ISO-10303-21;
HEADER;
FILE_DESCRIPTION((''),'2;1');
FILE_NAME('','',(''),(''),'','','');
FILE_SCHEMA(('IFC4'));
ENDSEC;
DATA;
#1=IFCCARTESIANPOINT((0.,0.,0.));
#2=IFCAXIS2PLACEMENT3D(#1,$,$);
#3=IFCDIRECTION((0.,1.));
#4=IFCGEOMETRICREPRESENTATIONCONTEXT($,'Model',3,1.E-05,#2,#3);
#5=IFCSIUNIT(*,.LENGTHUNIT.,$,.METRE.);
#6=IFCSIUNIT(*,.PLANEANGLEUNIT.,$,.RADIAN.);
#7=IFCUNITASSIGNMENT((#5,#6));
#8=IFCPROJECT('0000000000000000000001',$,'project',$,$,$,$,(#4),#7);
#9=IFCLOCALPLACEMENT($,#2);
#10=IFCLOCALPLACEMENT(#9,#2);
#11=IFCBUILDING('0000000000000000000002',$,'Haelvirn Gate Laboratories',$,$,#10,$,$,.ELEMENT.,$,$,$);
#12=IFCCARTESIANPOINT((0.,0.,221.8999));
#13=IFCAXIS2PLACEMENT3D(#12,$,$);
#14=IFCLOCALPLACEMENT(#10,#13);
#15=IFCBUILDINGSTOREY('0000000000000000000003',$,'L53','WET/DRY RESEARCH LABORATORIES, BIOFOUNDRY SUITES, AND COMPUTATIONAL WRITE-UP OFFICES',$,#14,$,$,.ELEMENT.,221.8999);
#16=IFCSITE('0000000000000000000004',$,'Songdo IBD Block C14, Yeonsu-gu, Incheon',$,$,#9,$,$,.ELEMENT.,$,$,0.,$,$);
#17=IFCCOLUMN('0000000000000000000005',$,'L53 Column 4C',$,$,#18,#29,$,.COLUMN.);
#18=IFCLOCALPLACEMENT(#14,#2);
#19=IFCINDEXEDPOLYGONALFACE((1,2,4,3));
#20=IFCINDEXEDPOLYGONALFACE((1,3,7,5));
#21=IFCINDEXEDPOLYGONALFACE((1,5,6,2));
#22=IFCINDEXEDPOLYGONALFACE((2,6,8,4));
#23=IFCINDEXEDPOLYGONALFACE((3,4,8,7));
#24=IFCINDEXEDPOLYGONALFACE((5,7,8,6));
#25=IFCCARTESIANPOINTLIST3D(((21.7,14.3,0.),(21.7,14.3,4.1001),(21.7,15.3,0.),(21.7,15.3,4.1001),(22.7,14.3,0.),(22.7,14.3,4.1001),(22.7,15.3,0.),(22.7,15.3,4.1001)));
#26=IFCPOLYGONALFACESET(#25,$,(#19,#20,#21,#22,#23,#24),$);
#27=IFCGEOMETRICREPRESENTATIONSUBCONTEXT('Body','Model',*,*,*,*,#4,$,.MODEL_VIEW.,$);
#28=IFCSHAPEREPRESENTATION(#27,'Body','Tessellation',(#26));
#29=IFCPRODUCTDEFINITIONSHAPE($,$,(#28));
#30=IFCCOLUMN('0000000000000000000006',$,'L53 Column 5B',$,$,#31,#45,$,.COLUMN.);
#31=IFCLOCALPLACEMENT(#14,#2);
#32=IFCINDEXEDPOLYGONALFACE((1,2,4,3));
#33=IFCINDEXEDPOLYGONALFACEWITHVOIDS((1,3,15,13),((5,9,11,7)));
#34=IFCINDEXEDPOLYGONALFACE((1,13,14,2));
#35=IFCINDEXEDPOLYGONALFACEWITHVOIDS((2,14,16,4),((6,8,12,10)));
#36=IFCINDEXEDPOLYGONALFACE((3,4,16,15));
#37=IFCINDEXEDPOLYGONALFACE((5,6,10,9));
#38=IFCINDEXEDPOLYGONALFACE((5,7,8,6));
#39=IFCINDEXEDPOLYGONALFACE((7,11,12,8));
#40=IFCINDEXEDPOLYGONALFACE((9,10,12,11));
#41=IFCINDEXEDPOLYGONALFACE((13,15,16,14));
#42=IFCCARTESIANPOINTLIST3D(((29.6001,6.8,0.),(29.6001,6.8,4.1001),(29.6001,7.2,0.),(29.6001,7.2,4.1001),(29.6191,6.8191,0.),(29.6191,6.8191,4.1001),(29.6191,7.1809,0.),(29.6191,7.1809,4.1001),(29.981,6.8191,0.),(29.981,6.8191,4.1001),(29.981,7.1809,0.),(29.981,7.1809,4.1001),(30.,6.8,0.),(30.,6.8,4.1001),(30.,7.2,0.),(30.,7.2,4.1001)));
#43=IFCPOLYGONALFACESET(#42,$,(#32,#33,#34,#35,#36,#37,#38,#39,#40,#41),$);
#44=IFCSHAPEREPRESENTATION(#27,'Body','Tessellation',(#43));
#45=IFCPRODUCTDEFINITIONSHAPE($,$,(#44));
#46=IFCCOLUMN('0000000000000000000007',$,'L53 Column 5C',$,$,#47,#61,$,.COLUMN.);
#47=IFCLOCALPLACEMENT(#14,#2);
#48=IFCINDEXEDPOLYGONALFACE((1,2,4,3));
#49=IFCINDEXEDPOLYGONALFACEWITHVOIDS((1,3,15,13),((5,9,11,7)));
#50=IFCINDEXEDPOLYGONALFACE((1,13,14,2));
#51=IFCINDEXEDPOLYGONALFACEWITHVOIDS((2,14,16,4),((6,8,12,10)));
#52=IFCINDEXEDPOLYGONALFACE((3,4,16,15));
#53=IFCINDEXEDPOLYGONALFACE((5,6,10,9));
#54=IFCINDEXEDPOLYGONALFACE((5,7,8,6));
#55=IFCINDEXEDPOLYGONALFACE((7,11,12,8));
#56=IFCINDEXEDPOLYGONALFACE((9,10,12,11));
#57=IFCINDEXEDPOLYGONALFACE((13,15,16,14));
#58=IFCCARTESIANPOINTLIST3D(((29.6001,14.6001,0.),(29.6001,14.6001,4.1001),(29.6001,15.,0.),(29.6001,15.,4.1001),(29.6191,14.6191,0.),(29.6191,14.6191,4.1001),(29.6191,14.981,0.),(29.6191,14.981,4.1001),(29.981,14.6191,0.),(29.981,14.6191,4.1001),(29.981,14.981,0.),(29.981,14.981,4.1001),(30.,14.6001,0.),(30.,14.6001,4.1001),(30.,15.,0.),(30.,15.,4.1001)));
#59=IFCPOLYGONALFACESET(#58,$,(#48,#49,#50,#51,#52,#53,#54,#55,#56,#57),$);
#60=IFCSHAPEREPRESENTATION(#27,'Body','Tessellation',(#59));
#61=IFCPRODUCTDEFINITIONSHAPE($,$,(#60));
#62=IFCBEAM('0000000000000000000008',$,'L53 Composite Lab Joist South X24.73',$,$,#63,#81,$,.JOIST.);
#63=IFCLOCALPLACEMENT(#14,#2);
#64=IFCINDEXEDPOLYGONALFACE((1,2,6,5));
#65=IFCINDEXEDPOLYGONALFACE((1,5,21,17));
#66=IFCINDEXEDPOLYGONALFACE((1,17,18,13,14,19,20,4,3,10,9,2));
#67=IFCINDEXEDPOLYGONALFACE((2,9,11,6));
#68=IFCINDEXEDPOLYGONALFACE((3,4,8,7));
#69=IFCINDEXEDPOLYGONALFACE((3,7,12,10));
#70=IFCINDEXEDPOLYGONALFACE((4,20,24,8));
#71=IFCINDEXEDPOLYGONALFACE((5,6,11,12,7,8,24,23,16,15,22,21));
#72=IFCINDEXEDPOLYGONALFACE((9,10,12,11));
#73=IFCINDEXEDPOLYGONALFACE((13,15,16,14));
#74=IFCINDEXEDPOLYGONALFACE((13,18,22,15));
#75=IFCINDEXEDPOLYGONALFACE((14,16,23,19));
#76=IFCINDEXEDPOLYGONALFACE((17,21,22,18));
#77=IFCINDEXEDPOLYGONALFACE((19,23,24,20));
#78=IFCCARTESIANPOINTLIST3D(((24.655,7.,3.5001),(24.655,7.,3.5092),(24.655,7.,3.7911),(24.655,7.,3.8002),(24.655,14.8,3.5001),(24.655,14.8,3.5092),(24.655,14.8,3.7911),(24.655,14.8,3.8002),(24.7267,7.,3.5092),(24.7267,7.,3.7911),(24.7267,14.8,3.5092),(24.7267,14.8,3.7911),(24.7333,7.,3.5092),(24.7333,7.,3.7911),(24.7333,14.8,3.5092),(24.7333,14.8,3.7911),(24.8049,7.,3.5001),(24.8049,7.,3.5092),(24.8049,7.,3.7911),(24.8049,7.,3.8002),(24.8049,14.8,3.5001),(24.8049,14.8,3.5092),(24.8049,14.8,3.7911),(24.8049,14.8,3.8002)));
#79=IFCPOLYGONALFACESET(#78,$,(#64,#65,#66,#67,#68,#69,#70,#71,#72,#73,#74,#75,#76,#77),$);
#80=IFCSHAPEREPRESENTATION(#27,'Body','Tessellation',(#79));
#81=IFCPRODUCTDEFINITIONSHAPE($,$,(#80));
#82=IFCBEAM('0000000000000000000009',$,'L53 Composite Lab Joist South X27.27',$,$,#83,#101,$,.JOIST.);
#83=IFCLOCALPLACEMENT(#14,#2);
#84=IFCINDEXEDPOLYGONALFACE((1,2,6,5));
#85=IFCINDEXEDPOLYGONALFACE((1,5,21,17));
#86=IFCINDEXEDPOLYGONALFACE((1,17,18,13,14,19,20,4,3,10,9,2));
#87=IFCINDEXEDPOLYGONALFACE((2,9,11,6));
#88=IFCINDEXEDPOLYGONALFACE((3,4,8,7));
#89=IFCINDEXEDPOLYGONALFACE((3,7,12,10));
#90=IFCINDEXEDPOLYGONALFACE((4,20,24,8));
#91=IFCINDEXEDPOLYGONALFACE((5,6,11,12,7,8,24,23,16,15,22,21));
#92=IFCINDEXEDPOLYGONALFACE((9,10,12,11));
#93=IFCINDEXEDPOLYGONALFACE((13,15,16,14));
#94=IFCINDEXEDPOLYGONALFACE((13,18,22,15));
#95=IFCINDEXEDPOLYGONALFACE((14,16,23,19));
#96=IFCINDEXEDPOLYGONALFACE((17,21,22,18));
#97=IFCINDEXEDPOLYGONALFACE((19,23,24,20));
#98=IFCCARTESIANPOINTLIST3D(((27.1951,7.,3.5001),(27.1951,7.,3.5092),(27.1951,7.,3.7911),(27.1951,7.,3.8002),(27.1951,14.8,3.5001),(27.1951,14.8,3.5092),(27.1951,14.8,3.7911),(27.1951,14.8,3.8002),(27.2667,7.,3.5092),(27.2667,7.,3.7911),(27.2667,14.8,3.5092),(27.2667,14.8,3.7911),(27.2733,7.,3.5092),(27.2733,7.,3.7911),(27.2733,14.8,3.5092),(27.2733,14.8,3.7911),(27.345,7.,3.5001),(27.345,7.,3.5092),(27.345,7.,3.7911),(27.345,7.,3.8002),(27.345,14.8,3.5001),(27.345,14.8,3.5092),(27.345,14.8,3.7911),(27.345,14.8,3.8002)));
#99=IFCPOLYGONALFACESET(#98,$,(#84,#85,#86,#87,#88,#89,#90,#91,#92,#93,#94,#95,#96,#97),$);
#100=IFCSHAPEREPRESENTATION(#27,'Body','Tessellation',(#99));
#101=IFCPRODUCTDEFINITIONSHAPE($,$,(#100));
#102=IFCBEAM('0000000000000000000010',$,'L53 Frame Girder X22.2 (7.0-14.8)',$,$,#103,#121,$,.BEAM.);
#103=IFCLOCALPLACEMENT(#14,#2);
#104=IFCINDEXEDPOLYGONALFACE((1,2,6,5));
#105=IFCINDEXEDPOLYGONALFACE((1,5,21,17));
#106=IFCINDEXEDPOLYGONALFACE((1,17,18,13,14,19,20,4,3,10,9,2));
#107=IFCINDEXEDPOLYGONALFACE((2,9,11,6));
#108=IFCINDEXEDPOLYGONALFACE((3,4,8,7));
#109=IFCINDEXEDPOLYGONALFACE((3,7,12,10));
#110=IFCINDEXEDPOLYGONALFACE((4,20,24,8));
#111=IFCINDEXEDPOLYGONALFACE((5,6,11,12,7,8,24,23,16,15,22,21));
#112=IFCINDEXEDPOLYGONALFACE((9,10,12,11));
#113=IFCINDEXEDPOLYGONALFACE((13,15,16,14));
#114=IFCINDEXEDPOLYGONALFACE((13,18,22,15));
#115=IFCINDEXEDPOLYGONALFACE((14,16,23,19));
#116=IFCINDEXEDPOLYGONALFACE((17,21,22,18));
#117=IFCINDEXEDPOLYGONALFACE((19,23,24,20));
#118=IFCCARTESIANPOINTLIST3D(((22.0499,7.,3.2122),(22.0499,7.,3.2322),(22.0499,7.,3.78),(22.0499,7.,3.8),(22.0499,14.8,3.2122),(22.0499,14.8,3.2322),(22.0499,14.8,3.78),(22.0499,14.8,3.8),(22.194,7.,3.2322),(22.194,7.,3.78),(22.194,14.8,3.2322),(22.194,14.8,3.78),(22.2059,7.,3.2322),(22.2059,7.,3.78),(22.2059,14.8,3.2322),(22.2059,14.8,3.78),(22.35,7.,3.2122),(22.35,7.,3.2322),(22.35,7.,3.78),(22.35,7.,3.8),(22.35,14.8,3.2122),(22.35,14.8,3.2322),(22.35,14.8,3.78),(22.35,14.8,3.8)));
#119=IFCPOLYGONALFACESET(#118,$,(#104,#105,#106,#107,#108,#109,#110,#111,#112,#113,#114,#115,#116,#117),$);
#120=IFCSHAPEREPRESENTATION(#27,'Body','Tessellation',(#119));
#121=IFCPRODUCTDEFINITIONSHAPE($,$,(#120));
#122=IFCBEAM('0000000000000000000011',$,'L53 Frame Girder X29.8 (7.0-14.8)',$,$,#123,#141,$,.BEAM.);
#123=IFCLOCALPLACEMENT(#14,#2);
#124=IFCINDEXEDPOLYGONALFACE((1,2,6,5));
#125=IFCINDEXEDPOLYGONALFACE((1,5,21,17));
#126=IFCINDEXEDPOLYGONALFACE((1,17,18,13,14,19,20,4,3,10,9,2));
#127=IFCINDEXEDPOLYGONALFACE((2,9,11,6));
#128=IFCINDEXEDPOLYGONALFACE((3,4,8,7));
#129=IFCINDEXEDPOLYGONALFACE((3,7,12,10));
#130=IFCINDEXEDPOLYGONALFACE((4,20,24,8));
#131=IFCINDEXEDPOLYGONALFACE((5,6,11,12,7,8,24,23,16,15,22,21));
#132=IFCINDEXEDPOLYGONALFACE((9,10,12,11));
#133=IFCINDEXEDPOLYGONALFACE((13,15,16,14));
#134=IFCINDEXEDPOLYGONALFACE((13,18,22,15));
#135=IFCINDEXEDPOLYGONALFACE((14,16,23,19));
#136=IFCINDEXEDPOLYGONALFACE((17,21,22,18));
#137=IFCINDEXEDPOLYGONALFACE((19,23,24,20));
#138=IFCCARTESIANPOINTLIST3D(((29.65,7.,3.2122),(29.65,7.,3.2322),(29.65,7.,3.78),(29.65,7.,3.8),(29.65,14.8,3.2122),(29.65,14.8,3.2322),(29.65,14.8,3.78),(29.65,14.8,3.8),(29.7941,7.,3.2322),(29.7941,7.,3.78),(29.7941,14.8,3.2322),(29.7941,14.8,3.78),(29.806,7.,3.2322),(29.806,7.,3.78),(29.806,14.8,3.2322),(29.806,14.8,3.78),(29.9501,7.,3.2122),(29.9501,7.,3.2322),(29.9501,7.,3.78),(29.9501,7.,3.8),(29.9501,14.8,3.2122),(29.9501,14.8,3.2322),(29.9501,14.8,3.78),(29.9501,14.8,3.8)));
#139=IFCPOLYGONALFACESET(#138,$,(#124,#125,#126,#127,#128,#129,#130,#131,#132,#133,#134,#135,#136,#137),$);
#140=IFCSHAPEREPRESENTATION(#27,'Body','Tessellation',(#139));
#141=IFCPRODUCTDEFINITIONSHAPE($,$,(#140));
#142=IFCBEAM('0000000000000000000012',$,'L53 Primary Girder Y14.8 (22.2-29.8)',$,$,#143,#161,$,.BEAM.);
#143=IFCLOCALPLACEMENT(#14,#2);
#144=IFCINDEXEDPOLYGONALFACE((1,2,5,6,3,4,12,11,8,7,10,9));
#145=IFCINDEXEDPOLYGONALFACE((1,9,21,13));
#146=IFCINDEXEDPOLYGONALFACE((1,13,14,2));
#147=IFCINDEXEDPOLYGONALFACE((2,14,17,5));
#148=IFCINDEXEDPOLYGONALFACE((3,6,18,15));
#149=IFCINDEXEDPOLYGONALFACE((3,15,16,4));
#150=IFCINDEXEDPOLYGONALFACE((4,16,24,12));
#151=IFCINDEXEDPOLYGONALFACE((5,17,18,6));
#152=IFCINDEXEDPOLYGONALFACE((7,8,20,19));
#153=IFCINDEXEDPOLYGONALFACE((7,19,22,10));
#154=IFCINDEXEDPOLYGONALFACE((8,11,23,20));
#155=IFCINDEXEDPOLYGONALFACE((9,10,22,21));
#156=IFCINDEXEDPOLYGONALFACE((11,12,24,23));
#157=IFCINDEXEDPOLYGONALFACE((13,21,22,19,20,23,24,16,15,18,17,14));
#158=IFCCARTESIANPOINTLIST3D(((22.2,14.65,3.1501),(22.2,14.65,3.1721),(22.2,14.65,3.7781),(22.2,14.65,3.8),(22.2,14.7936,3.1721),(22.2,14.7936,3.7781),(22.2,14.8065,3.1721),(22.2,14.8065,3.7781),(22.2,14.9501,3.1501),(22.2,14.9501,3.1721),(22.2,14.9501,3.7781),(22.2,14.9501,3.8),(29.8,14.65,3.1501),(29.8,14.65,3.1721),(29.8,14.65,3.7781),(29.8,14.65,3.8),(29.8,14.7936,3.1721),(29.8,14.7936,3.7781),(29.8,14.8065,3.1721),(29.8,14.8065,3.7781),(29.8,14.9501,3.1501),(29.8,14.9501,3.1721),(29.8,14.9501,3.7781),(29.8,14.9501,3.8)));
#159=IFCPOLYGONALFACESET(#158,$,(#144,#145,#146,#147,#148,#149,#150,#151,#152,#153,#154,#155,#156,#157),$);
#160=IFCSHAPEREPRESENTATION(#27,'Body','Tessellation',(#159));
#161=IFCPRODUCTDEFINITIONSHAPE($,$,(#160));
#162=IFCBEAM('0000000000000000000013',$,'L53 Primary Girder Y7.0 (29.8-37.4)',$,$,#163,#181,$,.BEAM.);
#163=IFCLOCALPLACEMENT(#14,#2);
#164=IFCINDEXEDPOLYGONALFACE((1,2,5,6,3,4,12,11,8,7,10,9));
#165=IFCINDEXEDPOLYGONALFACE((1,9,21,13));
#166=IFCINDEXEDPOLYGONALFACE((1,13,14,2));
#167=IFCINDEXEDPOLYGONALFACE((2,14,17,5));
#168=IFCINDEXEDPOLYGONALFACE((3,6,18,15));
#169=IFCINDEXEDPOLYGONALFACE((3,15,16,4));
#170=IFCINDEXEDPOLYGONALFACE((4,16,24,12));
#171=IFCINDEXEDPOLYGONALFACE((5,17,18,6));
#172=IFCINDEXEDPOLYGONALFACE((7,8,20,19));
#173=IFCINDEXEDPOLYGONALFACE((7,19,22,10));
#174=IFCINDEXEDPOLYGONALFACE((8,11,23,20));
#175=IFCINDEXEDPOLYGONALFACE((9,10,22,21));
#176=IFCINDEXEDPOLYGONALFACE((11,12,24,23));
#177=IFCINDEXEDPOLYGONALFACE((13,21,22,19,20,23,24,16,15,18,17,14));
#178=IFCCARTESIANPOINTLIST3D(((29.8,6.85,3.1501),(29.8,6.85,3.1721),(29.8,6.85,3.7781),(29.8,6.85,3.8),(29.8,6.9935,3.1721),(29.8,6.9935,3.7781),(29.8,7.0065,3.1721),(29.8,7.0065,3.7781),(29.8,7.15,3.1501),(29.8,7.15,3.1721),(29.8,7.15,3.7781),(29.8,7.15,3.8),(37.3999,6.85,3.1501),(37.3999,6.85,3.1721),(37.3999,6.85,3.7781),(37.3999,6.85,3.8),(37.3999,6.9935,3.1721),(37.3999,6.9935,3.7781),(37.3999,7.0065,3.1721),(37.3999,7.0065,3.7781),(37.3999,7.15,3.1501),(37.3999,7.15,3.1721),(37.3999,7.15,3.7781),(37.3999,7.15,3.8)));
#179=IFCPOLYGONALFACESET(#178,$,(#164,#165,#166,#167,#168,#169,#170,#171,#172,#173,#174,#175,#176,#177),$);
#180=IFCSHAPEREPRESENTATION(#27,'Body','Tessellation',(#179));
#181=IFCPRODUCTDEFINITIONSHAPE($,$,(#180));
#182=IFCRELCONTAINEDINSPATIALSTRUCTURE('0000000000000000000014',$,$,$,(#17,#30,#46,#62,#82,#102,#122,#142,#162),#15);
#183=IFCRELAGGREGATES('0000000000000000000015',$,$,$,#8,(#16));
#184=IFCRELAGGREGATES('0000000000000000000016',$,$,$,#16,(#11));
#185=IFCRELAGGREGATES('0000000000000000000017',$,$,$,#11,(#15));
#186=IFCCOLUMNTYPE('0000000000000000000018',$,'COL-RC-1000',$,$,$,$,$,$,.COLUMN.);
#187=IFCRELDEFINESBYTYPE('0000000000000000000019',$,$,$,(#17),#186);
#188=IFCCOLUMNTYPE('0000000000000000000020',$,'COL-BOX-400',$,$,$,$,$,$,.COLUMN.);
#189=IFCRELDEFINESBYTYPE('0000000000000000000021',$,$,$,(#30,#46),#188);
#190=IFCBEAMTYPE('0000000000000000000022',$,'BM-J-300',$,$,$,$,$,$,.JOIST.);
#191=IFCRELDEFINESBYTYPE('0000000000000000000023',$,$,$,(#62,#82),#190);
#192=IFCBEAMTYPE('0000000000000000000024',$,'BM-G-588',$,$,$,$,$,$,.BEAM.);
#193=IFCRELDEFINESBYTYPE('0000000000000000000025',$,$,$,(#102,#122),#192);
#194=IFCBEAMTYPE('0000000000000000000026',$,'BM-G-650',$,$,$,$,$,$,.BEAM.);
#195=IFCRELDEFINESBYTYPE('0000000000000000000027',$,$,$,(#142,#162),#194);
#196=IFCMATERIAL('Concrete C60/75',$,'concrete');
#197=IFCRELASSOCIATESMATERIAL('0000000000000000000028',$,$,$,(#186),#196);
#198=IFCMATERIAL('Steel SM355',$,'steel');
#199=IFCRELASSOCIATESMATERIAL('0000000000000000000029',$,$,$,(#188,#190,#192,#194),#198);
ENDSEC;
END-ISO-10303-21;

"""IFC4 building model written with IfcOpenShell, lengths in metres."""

from ifc_helpers import new_model, si_unit, direction, frame, origin, origin_2d, place, context, subcontext, project, spatial, rectangle, hollow_rectangle, i_section, extrude, source, transform, mapped, material, material_profile, profile_set, type_object, type_shapes, element, save


model = new_model("IFC4")

# Units and contexts
model_context = context("Model", 3, precision=1e-05, world=origin(), true_north=direction((0.0, 1.0)))
body_context = subcontext(model_context, "Body", "Model", "MODEL_VIEW")
ifc_project = project(units=[si_unit("LENGTHUNIT", "METRE"), si_unit("PLANEANGLEUNIT", "RADIAN")], contexts=[model_context])

# Site, building, storey
site_placement = place(None, origin())
site = spatial("IfcSite", under=ifc_project, at=site_placement, Name="Songdo IBD Block C14, Yeonsu-gu, Incheon", CompositionType="ELEMENT", RefElevation=0.0)
building_placement = place(site_placement, origin())
building = spatial("IfcBuilding", under=site, at=building_placement, Name="Haelvirn Gate Laboratories", CompositionType="ELEMENT")
storey_placement = place(building_placement, frame((0.0, 0.0, 221.8999)))
storey = spatial("IfcBuildingStorey", under=building, at=storey_placement, Name="L53", Description="WET/DRY RESEARCH LABORATORIES, BIOFOUNDRY SUITES, AND COMPUTATIONAL WRITE-UP OFFICES", CompositionType="ELEMENT", Elevation=221.8999)

# Columns
ifc_material_1 = material(Name="Concrete C60/75", Category="concrete")
ifc_material_profile_1 = material_profile(ifc_material_1, rectangle(XDim=1.0, YDim=1.0, at=origin_2d()), Name="RC-1000x1000")
ifc_profile_set_1 = profile_set([ifc_material_profile_1], Name="Concrete C60/75")
column_type_1 = type_object("IfcColumnType", Name="COL-RC-1000", PredefinedType="COLUMN", material=ifc_profile_set_1)
shared_shape_1 = source(origin(), body_context, "Body", "SweptSolid", [
    extrude(rectangle(XDim=1.0, YDim=1.0, at=origin_2d()), origin(), (0.0, 0.0, 1.0), 4.1001),
])
type_shapes(column_type_1, [shared_shape_1])
column_placement = place(storey_placement, frame((22.2, 14.8, 0.0), z_axis=(0.0, 0.0, 1.0), x_axis=(1.0, 0.0, 0.0)))
element("IfcColumn", 1, at=column_placement, inside=storey, type_object=column_type_1, Name="L53 Column 4C", PredefinedType="COLUMN", context=body_context, shape_type="MappedRepresentation", body=[
    mapped(shared_shape_1, transform((0.0, 0.0, 0.0), scale=1.0)),
])
ifc_material_2 = material(Name="Steel SM355", Category="steel")
ifc_material_profile_2 = material_profile(ifc_material_2, hollow_rectangle(XDim=0.3999, YDim=0.3999, WallThickness=0.019, at=origin_2d()), Name="BOX-400x400x19")
ifc_profile_set_2 = profile_set([ifc_material_profile_2], Name="Steel SM355")
column_type_2 = type_object("IfcColumnType", Name="COL-BOX-400", PredefinedType="COLUMN", material=ifc_profile_set_2)
shared_shape_2 = source(origin(), body_context, "Body", "SweptSolid", [
    extrude(hollow_rectangle(XDim=0.3999, YDim=0.3999, WallThickness=0.019, at=origin_2d()), origin(), (0.0, 0.0, 1.0), 4.1001),
])
type_shapes(column_type_2, [shared_shape_2])
for number, where, z_axis, x_axis, name in (
    (2, (29.8, 7.0, 0.0), (0.0, 0.0, 1.0), (1.0, 0.0, 0.0), "L53 Column 5B"),
    (3, (29.8, 14.8, 0.0), (0.0, 0.0, 1.0), (1.0, 0.0, 0.0), "L53 Column 5C"),
):
    element("IfcColumn", number, at=place(storey_placement, frame(where, z_axis=z_axis, x_axis=x_axis)), inside=storey, type_object=column_type_2, Name=name, PredefinedType="COLUMN", context=body_context, shape_type="MappedRepresentation", body=[
        mapped(shared_shape_2, transform((0.0, 0.0, 0.0), scale=1.0)),
    ])

# Beams
ifc_material_profile_3 = material_profile(ifc_material_2, i_section(OverallWidth=0.1499, OverallDepth=0.3, WebThickness=0.0066, FlangeThickness=0.009, at=origin_2d()), Name="H-300x150x6.5x9")
ifc_profile_set_3 = profile_set([ifc_material_profile_3], Name="Steel SM355")
beam_type_1 = type_object("IfcBeamType", Name="BM-J-300", PredefinedType="JOIST", material=ifc_profile_set_3)
shared_shape_3 = source(origin(), body_context, "Body", "SweptSolid", [
    extrude(i_section(OverallWidth=0.1499, OverallDepth=0.3, WebThickness=0.0066, FlangeThickness=0.009, at=origin_2d()), origin(), (0.0, 0.0, 1.0), 7.8),
])
type_shapes(beam_type_1, [shared_shape_3])
for number, where, z_axis, x_axis, name in (
    (4, (24.73, 7.0, 3.6501), (0.0, 1.0, 0.0), (-1.0, 0.0, 0.0), "L53 Composite Lab Joist South X24.73"),
    (5, (27.27, 7.0, 3.6501), (0.0, 1.0, 0.0), (-1.0, 0.0, 0.0), "L53 Composite Lab Joist South X27.27"),
):
    element("IfcBeam", number, at=place(storey_placement, frame(where, z_axis=z_axis, x_axis=x_axis)), inside=storey, type_object=beam_type_1, Name=name, PredefinedType="JOIST", context=body_context, shape_type="MappedRepresentation", body=[
        mapped(shared_shape_3, transform((0.0, 0.0, 0.0), scale=1.0)),
    ])
ifc_material_profile_4 = material_profile(ifc_material_2, i_section(OverallWidth=0.3, OverallDepth=0.5879, WebThickness=0.012, FlangeThickness=0.02, at=origin_2d()), Name="H-588x300x12x20")
ifc_profile_set_4 = profile_set([ifc_material_profile_4], Name="Steel SM355")
beam_type_2 = type_object("IfcBeamType", Name="BM-G-588", PredefinedType="BEAM", material=ifc_profile_set_4)
shared_shape_4 = source(origin(), body_context, "Body", "SweptSolid", [
    extrude(i_section(OverallWidth=0.3, OverallDepth=0.5879, WebThickness=0.012, FlangeThickness=0.02, at=origin_2d()), origin(), (0.0, 0.0, 1.0), 7.8),
])
type_shapes(beam_type_2, [shared_shape_4])
for number, where, z_axis, x_axis, name in (
    (6, (22.2, 7.0, 3.5061), (0.0, 1.0, 0.0), (-1.0, 0.0, 0.0), "L53 Frame Girder X22.2 (7.0-14.8)"),
    (7, (29.8, 7.0, 3.5061), (0.0, 1.0, 0.0), (-1.0, 0.0, 0.0), "L53 Frame Girder X29.8 (7.0-14.8)"),
):
    element("IfcBeam", number, at=place(storey_placement, frame(where, z_axis=z_axis, x_axis=x_axis)), inside=storey, type_object=beam_type_2, Name=name, PredefinedType="BEAM", context=body_context, shape_type="MappedRepresentation", body=[
        mapped(shared_shape_4, transform((0.0, 0.0, 0.0), scale=1.0)),
    ])
ifc_material_profile_5 = material_profile(ifc_material_2, i_section(OverallWidth=0.3, OverallDepth=0.6499, WebThickness=0.0129, FlangeThickness=0.022, at=origin_2d()), Name="H-650x300x13x22")
ifc_profile_set_5 = profile_set([ifc_material_profile_5], Name="Steel SM355")
beam_type_3 = type_object("IfcBeamType", Name="BM-G-650", PredefinedType="BEAM", material=ifc_profile_set_5)
shared_shape_5 = source(origin(), body_context, "Body", "SweptSolid", [
    extrude(i_section(OverallWidth=0.3, OverallDepth=0.6499, WebThickness=0.0129, FlangeThickness=0.022, at=origin_2d()), origin(), (0.0, 0.0, 1.0), 7.6001),
])
beam_placement = place(storey_placement, frame((22.2, 14.8, 3.4751), z_axis=(1.0, 0.0, 0.0), x_axis=(0.0, 1.0, 0.0)))
element("IfcBeam", 8, at=beam_placement, inside=storey, type_object=beam_type_3, Name="L53 Primary Girder Y14.8 (22.2-29.8)", PredefinedType="BEAM", context=body_context, shape_type="MappedRepresentation", body=[
    mapped(shared_shape_5, transform((0.0, 0.0, 0.0), scale=1.0)),
])
shared_shape_6 = source(origin(), body_context, "Body", "SweptSolid", [
    extrude(i_section(OverallWidth=0.3, OverallDepth=0.6499, WebThickness=0.0129, FlangeThickness=0.022, at=origin_2d()), origin(), (0.0, 0.0, 1.0), 7.5999),
])
type_shapes(beam_type_3, [shared_shape_5, shared_shape_6])
for number, where, z_axis, x_axis, name in (
    (9, (29.8, 7.0, 3.4751), (1.0, 0.0, 0.0), (0.0, 1.0, 0.0), "L53 Primary Girder Y7.0 (29.8-37.4)"),
):
    element("IfcBeam", number, at=place(storey_placement, frame(where, z_axis=z_axis, x_axis=x_axis)), inside=storey, type_object=beam_type_3, Name=name, PredefinedType="BEAM", context=body_context, shape_type="MappedRepresentation", body=[
        mapped(shared_shape_6, transform((0.0, 0.0, 0.0), scale=1.0)),
    ])

save(model, "model.ifc")
